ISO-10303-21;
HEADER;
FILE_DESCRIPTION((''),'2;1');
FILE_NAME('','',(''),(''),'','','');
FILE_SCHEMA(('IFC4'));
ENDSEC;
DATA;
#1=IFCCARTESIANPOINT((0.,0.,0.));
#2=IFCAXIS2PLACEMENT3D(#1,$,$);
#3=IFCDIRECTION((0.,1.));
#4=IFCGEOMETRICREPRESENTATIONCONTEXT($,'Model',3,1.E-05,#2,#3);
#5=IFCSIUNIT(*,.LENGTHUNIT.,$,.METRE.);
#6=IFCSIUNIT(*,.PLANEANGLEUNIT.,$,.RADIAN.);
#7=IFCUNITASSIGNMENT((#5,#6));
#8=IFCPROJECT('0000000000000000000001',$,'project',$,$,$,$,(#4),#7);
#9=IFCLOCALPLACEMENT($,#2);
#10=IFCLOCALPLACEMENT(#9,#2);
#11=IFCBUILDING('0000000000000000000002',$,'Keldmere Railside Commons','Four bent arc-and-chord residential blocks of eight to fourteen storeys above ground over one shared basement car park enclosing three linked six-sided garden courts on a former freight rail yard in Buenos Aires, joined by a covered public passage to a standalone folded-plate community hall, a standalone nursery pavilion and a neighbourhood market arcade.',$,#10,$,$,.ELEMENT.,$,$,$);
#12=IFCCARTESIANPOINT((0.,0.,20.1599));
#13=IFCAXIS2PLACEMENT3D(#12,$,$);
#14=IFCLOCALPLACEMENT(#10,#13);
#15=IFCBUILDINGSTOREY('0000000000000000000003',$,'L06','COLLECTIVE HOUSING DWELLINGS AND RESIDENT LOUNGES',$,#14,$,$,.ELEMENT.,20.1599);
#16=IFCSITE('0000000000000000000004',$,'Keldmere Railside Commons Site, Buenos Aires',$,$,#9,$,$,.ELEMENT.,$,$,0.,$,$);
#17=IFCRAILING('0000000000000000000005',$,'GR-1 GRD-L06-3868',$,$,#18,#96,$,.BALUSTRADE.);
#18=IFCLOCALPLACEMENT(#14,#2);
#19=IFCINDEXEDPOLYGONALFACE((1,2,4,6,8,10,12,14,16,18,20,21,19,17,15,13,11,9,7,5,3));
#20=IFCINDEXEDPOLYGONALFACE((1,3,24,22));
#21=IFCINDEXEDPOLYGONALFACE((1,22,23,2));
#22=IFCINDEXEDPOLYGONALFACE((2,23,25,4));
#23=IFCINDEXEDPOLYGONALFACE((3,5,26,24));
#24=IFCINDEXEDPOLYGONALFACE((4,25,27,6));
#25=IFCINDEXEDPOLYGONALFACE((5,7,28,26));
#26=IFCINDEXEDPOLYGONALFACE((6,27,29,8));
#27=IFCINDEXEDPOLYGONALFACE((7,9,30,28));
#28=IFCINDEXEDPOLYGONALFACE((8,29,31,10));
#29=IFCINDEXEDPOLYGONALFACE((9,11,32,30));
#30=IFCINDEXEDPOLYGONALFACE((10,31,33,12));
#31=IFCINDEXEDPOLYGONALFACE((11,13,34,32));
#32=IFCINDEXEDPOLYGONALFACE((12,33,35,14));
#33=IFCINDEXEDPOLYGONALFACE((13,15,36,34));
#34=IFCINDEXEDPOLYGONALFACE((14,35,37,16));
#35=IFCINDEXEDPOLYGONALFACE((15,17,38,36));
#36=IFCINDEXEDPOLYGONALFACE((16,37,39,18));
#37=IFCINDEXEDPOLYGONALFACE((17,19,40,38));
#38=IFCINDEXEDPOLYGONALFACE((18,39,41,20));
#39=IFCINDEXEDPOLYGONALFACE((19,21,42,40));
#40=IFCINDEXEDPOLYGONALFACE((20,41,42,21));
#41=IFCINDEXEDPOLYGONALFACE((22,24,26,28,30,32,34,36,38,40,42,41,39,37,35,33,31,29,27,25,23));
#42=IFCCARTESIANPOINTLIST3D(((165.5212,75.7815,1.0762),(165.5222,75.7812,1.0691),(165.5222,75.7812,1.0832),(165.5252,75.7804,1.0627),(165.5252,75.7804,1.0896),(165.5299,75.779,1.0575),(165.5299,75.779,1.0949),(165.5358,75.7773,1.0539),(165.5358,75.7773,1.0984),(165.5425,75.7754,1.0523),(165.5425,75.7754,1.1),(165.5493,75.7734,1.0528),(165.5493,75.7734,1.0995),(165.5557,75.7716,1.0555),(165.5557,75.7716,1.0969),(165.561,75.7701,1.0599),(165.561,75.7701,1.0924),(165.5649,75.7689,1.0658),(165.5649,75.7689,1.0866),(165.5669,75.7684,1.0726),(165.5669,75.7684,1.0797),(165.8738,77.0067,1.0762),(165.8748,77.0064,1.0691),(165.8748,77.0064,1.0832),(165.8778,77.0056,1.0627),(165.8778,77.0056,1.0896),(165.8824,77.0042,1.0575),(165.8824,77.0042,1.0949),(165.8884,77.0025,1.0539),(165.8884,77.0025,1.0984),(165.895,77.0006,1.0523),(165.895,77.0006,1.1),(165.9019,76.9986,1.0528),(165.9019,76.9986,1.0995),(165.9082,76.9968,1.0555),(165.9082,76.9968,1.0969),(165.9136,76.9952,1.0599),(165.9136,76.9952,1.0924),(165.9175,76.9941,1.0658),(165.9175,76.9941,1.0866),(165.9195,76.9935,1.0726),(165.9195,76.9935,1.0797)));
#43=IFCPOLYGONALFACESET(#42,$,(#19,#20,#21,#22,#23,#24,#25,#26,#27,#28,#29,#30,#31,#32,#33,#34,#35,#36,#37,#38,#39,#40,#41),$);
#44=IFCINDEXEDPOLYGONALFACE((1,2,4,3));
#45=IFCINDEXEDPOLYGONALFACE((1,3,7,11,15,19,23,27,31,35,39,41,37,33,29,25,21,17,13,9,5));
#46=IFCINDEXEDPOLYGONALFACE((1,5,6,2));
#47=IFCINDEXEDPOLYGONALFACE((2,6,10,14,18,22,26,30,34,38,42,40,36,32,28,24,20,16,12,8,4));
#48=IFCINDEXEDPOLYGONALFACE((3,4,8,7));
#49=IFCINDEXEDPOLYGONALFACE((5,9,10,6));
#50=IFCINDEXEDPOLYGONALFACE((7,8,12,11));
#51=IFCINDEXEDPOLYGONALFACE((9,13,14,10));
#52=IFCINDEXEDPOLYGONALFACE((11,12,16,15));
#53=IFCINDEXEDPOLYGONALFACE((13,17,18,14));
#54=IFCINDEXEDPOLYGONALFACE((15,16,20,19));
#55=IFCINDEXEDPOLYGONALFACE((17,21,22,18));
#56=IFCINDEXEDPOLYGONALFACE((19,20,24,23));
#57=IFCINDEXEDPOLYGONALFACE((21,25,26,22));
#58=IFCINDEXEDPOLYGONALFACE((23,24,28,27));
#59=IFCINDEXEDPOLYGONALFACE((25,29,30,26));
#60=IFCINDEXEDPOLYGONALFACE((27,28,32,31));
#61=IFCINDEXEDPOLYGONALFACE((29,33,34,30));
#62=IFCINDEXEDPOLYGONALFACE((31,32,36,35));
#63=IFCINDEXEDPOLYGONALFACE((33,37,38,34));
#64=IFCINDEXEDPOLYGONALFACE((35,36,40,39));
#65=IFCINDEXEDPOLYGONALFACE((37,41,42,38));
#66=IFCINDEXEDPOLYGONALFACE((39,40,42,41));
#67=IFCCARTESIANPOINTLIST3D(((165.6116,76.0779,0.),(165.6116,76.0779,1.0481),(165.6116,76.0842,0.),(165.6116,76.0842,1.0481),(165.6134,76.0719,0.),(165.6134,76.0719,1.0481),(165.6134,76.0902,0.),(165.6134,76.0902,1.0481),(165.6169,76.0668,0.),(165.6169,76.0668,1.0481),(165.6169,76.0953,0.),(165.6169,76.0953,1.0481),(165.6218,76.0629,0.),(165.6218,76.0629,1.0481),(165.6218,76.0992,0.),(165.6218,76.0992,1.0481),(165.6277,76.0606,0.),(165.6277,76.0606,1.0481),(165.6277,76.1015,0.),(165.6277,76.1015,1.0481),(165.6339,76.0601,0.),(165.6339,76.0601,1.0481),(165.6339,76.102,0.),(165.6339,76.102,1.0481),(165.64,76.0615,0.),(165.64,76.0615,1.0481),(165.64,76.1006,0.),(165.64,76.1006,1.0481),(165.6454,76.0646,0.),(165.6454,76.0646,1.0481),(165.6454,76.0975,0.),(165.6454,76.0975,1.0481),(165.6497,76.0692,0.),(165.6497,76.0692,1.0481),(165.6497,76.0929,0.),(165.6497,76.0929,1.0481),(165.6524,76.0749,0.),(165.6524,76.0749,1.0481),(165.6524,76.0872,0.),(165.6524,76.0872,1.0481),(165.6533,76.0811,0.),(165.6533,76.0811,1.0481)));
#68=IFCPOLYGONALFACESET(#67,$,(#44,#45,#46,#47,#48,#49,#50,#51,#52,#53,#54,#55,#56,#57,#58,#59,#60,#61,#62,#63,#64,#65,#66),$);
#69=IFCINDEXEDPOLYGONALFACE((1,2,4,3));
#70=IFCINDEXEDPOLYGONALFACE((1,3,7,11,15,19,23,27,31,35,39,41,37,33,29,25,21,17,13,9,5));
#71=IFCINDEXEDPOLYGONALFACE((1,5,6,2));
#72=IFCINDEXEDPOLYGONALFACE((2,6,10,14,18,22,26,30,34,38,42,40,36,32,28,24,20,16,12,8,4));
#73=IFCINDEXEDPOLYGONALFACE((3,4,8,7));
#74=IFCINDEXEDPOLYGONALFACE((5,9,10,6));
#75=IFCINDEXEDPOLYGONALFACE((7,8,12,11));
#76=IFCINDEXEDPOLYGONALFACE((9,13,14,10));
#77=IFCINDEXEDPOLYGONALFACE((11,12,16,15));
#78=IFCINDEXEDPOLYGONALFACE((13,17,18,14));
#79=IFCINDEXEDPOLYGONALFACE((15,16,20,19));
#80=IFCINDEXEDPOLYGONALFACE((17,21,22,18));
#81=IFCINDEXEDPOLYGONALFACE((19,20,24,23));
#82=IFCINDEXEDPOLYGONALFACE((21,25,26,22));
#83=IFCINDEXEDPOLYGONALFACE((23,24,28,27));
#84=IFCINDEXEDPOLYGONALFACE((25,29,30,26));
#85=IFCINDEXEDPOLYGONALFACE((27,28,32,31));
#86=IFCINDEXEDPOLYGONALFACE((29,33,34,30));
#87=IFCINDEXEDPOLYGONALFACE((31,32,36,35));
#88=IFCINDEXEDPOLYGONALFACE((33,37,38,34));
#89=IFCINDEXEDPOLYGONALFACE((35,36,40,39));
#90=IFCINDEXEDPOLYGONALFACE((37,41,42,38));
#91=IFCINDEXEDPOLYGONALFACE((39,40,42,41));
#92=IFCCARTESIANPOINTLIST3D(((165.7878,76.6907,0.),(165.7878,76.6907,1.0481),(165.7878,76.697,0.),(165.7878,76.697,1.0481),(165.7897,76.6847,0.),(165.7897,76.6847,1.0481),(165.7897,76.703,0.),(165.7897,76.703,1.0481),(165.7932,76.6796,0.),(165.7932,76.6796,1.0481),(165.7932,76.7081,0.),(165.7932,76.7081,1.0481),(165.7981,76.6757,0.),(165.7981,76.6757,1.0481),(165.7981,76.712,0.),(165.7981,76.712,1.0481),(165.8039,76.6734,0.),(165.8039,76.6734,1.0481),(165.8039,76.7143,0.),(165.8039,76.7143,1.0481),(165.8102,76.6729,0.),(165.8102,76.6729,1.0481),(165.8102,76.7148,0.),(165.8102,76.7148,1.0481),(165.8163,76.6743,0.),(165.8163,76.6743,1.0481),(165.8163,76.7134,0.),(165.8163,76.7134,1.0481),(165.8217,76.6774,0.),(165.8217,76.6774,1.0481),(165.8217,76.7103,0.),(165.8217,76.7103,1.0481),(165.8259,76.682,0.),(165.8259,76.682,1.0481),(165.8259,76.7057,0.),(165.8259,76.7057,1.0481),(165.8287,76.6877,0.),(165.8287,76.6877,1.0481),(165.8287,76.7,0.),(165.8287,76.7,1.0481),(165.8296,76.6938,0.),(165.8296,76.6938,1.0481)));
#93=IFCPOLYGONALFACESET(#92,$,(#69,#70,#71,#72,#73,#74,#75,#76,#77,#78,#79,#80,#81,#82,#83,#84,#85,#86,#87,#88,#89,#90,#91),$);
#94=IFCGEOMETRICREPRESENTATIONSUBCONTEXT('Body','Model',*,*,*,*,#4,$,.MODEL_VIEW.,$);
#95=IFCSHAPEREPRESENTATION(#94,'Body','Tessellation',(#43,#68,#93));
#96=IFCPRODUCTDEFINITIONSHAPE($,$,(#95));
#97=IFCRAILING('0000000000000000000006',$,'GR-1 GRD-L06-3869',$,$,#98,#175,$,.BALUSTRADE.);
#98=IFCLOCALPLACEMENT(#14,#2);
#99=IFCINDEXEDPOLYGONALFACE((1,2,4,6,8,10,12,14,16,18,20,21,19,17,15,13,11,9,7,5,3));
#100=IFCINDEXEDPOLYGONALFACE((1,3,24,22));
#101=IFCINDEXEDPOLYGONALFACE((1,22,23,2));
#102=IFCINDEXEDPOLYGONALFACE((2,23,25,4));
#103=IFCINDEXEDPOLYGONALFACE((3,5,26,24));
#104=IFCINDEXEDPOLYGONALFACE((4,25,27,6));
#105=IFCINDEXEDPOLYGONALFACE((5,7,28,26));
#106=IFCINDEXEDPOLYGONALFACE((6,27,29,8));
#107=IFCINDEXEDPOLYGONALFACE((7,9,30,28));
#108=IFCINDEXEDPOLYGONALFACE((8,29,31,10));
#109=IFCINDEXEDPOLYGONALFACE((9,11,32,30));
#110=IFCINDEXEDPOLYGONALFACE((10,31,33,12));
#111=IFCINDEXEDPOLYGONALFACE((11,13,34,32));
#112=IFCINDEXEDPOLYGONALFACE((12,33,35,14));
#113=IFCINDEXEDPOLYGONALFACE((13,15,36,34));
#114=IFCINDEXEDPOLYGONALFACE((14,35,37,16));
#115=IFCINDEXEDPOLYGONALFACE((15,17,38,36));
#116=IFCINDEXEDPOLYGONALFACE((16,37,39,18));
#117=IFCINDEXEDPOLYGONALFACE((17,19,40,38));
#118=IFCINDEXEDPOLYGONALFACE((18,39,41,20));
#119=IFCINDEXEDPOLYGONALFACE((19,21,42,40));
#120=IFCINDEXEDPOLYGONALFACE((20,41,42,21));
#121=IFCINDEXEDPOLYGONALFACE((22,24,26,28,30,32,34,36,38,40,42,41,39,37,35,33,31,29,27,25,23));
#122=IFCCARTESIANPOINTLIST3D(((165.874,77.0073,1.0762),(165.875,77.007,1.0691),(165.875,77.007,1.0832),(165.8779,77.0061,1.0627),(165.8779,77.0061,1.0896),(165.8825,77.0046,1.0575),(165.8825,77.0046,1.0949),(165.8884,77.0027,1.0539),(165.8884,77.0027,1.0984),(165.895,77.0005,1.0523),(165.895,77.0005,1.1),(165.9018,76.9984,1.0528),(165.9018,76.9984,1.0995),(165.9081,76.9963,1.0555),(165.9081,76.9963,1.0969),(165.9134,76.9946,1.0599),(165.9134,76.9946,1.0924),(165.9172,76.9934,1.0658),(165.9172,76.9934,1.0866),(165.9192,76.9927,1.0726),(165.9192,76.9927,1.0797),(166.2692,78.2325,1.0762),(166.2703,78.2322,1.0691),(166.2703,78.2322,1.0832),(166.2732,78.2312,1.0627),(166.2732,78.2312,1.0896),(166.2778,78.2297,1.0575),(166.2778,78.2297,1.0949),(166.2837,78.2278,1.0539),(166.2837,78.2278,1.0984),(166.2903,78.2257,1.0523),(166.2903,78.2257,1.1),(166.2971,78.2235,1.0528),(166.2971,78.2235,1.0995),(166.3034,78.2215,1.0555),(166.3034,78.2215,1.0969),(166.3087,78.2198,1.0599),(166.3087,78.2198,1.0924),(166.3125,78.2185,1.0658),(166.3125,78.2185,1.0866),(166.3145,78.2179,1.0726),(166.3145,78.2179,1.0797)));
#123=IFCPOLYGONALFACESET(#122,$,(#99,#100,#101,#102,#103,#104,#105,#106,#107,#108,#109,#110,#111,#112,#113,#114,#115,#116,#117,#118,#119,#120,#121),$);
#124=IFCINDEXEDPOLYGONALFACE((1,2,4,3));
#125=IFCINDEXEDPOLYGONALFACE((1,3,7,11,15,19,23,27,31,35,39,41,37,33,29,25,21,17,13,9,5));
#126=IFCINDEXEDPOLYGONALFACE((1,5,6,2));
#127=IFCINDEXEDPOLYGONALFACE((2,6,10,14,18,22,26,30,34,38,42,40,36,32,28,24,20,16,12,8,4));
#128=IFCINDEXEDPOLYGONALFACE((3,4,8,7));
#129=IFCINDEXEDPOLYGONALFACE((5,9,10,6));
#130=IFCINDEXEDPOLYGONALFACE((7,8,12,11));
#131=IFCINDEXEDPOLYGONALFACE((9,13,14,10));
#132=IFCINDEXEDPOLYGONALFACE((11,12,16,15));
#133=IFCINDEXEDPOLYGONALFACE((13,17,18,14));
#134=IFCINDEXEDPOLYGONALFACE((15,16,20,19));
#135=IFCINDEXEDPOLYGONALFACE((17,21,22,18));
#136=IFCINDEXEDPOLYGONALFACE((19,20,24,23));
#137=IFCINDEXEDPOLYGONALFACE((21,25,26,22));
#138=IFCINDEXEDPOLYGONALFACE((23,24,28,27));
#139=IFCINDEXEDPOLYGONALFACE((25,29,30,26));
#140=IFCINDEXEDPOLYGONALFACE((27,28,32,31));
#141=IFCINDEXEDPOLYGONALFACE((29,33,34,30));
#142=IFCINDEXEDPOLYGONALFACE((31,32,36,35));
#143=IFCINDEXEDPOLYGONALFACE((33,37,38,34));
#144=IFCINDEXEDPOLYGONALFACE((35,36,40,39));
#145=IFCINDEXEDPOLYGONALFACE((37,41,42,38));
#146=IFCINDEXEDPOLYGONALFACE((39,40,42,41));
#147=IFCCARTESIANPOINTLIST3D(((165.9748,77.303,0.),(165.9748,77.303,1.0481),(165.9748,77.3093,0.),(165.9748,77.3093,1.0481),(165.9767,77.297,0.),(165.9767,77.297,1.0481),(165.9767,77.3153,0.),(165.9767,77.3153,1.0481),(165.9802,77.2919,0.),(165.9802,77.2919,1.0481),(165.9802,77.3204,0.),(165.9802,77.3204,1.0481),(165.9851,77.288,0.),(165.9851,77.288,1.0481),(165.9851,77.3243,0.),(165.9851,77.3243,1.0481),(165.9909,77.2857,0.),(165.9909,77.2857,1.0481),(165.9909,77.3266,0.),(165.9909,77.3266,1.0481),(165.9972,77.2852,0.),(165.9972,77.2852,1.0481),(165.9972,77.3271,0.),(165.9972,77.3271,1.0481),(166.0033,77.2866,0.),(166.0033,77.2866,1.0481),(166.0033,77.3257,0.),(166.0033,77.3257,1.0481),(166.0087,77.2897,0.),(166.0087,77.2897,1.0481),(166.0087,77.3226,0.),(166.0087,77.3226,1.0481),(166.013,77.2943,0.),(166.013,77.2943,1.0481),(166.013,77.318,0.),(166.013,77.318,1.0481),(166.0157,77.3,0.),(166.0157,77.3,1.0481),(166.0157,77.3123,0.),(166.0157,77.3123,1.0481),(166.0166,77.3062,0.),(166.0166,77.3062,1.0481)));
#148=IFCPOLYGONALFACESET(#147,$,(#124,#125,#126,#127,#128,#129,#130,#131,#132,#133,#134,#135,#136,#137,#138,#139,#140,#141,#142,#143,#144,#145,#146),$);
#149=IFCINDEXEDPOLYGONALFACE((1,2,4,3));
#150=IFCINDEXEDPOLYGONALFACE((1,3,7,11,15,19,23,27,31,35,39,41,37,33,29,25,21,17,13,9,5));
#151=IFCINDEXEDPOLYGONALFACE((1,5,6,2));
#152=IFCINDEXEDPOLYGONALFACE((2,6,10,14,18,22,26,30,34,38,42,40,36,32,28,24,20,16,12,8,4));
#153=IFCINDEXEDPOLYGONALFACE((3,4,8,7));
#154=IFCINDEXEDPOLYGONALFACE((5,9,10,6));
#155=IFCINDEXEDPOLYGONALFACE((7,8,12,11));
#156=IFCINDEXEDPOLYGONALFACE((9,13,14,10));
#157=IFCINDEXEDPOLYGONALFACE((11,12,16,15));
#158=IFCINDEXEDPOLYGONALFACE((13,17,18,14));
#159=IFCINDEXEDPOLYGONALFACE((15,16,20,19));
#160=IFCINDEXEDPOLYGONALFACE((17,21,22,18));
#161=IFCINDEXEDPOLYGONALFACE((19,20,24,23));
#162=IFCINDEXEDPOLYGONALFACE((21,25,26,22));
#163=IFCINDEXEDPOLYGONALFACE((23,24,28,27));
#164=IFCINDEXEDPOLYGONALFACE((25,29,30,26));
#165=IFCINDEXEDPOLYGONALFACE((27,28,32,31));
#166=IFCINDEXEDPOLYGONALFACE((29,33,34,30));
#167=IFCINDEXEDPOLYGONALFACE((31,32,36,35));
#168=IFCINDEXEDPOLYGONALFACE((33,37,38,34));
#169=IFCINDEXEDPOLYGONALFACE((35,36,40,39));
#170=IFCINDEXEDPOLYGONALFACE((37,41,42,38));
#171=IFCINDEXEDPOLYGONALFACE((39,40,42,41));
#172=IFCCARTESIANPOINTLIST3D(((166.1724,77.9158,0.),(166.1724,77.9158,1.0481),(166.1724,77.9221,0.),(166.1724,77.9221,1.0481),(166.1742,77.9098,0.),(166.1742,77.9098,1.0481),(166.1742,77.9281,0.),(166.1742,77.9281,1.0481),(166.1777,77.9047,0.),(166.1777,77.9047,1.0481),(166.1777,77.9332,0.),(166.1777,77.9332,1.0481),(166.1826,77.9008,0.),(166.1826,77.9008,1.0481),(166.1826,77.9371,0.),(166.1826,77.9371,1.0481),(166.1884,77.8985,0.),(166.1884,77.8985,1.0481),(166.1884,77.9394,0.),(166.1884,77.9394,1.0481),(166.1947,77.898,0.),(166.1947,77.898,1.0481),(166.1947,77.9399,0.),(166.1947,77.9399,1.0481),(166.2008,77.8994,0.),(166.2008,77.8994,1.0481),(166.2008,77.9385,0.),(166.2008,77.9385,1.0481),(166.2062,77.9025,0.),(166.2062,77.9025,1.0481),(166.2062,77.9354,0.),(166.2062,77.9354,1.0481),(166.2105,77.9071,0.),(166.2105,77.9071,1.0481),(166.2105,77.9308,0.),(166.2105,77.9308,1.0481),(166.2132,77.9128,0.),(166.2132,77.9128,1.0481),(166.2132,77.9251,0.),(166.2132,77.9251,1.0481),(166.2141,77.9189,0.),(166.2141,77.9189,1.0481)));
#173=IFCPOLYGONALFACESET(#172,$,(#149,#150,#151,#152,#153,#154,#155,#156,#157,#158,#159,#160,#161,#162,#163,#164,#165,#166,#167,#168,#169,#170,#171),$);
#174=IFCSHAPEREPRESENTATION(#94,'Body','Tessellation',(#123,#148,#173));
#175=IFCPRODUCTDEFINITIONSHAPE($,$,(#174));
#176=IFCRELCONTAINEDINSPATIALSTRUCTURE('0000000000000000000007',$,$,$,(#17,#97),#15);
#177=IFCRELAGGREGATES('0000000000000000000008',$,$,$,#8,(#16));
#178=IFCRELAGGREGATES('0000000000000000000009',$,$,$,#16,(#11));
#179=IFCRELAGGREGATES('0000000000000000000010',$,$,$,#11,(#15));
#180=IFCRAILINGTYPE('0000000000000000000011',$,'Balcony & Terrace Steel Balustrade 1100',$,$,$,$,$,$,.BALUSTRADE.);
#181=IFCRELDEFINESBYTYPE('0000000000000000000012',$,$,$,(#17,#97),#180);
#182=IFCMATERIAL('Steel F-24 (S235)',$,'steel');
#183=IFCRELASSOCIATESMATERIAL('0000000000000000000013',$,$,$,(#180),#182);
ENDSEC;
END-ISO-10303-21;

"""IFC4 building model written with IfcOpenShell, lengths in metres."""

from ifc_helpers import new_model, si_unit, direction, frame, origin, origin_2d, place, context, subcontext, project, spatial, circle, extrude, material, type_object, element, save


model = new_model("IFC4")

# Units and contexts
model_context = context("Model", 3, precision=1e-05, world=origin(), true_north=direction((0.0, 1.0)))
body_context = subcontext(model_context, "Body", "Model", "MODEL_VIEW")
ifc_project = project(units=[si_unit("LENGTHUNIT", "METRE"), si_unit("PLANEANGLEUNIT", "RADIAN")], contexts=[model_context])

# Site, building, storey
site_placement = place(None, origin())
site = spatial("IfcSite", under=ifc_project, at=site_placement, Name="Keldmere Railside Commons Site, Buenos Aires", CompositionType="ELEMENT", RefElevation=0.0)
building_placement = place(site_placement, origin())
building = spatial("IfcBuilding", under=site, at=building_placement, Name="Keldmere Railside Commons", Description="Four bent arc-and-chord residential blocks of eight to fourteen storeys above ground over one shared basement car park enclosing three linked six-sided garden courts on a former freight rail yard in Buenos Aires, joined by a covered public passage to a standalone folded-plate community hall, a standalone nursery pavilion and a neighbourhood market arcade.", CompositionType="ELEMENT")
storey_placement = place(building_placement, frame((0.0, 0.0, 20.1599)))
storey = spatial("IfcBuildingStorey", under=building, at=storey_placement, Name="L06", Description="COLLECTIVE HOUSING DWELLINGS AND RESIDENT LOUNGES", CompositionType="ELEMENT", Elevation=20.1599)

# Shared definitions
ifc_material_1 = material(Name="Steel F-24 (S235)", Category="steel")

# Railings
railing_type_1 = type_object("IfcRailingType", Name="Balcony & Terrace Steel Balustrade 1100", PredefinedType="BALUSTRADE", material=ifc_material_1)
railing_1_placement = place(storey_placement, frame((165.5442, 75.7749, 0.0)))
element("IfcRailing", 1, at=railing_1_placement, inside=storey, type_object=railing_type_1, Name="GR-1 GRD-L06-3868", PredefinedType="BALUSTRADE", context=body_context, shape_type="SweptSolid", body=[
    extrude(circle(Radius=0.0239, at=origin_2d()), frame((0.0, 0.0, 1.0762), z_axis=(0.276542, 0.961002, 0.0), x_axis=(-0.961002, 0.276542, 0.0)), (0.0, 0.0, 1.0), 1.2749),
    extrude(circle(Radius=0.021, at=origin_2d()), frame((0.0881, 0.3062, 0.0)), (0.0, 0.0, 1.0), 1.0481),
    extrude(circle(Radius=0.021, at=origin_2d()), frame((0.2644, 0.9189, 0.0)), (0.0, 0.0, 1.0), 1.0481),
])
railing_2_placement = place(storey_placement, frame((165.8967, 77.0, 0.0)))
element("IfcRailing", 2, at=railing_2_placement, inside=storey, type_object=railing_type_1, Name="GR-1 GRD-L06-3869", PredefinedType="BALUSTRADE", context=body_context, shape_type="SweptSolid", body=[
    extrude(circle(Radius=0.0239, at=origin_2d()), frame((0.0, 0.0, 1.0762), z_axis=(0.307053, 0.951693, 0.0), x_axis=(-0.951693, 0.307053, 0.0)), (0.0, 0.0, 1.0), 1.2874),
    extrude(circle(Radius=0.021, at=origin_2d()), frame((0.0989, 0.3062, 0.0)), (0.0, 0.0, 1.0), 1.0481),
    extrude(circle(Radius=0.021, at=origin_2d()), frame((0.2964, 0.9189, 0.0)), (0.0, 0.0, 1.0), 1.0481),
])

save(model, "model.ifc")
